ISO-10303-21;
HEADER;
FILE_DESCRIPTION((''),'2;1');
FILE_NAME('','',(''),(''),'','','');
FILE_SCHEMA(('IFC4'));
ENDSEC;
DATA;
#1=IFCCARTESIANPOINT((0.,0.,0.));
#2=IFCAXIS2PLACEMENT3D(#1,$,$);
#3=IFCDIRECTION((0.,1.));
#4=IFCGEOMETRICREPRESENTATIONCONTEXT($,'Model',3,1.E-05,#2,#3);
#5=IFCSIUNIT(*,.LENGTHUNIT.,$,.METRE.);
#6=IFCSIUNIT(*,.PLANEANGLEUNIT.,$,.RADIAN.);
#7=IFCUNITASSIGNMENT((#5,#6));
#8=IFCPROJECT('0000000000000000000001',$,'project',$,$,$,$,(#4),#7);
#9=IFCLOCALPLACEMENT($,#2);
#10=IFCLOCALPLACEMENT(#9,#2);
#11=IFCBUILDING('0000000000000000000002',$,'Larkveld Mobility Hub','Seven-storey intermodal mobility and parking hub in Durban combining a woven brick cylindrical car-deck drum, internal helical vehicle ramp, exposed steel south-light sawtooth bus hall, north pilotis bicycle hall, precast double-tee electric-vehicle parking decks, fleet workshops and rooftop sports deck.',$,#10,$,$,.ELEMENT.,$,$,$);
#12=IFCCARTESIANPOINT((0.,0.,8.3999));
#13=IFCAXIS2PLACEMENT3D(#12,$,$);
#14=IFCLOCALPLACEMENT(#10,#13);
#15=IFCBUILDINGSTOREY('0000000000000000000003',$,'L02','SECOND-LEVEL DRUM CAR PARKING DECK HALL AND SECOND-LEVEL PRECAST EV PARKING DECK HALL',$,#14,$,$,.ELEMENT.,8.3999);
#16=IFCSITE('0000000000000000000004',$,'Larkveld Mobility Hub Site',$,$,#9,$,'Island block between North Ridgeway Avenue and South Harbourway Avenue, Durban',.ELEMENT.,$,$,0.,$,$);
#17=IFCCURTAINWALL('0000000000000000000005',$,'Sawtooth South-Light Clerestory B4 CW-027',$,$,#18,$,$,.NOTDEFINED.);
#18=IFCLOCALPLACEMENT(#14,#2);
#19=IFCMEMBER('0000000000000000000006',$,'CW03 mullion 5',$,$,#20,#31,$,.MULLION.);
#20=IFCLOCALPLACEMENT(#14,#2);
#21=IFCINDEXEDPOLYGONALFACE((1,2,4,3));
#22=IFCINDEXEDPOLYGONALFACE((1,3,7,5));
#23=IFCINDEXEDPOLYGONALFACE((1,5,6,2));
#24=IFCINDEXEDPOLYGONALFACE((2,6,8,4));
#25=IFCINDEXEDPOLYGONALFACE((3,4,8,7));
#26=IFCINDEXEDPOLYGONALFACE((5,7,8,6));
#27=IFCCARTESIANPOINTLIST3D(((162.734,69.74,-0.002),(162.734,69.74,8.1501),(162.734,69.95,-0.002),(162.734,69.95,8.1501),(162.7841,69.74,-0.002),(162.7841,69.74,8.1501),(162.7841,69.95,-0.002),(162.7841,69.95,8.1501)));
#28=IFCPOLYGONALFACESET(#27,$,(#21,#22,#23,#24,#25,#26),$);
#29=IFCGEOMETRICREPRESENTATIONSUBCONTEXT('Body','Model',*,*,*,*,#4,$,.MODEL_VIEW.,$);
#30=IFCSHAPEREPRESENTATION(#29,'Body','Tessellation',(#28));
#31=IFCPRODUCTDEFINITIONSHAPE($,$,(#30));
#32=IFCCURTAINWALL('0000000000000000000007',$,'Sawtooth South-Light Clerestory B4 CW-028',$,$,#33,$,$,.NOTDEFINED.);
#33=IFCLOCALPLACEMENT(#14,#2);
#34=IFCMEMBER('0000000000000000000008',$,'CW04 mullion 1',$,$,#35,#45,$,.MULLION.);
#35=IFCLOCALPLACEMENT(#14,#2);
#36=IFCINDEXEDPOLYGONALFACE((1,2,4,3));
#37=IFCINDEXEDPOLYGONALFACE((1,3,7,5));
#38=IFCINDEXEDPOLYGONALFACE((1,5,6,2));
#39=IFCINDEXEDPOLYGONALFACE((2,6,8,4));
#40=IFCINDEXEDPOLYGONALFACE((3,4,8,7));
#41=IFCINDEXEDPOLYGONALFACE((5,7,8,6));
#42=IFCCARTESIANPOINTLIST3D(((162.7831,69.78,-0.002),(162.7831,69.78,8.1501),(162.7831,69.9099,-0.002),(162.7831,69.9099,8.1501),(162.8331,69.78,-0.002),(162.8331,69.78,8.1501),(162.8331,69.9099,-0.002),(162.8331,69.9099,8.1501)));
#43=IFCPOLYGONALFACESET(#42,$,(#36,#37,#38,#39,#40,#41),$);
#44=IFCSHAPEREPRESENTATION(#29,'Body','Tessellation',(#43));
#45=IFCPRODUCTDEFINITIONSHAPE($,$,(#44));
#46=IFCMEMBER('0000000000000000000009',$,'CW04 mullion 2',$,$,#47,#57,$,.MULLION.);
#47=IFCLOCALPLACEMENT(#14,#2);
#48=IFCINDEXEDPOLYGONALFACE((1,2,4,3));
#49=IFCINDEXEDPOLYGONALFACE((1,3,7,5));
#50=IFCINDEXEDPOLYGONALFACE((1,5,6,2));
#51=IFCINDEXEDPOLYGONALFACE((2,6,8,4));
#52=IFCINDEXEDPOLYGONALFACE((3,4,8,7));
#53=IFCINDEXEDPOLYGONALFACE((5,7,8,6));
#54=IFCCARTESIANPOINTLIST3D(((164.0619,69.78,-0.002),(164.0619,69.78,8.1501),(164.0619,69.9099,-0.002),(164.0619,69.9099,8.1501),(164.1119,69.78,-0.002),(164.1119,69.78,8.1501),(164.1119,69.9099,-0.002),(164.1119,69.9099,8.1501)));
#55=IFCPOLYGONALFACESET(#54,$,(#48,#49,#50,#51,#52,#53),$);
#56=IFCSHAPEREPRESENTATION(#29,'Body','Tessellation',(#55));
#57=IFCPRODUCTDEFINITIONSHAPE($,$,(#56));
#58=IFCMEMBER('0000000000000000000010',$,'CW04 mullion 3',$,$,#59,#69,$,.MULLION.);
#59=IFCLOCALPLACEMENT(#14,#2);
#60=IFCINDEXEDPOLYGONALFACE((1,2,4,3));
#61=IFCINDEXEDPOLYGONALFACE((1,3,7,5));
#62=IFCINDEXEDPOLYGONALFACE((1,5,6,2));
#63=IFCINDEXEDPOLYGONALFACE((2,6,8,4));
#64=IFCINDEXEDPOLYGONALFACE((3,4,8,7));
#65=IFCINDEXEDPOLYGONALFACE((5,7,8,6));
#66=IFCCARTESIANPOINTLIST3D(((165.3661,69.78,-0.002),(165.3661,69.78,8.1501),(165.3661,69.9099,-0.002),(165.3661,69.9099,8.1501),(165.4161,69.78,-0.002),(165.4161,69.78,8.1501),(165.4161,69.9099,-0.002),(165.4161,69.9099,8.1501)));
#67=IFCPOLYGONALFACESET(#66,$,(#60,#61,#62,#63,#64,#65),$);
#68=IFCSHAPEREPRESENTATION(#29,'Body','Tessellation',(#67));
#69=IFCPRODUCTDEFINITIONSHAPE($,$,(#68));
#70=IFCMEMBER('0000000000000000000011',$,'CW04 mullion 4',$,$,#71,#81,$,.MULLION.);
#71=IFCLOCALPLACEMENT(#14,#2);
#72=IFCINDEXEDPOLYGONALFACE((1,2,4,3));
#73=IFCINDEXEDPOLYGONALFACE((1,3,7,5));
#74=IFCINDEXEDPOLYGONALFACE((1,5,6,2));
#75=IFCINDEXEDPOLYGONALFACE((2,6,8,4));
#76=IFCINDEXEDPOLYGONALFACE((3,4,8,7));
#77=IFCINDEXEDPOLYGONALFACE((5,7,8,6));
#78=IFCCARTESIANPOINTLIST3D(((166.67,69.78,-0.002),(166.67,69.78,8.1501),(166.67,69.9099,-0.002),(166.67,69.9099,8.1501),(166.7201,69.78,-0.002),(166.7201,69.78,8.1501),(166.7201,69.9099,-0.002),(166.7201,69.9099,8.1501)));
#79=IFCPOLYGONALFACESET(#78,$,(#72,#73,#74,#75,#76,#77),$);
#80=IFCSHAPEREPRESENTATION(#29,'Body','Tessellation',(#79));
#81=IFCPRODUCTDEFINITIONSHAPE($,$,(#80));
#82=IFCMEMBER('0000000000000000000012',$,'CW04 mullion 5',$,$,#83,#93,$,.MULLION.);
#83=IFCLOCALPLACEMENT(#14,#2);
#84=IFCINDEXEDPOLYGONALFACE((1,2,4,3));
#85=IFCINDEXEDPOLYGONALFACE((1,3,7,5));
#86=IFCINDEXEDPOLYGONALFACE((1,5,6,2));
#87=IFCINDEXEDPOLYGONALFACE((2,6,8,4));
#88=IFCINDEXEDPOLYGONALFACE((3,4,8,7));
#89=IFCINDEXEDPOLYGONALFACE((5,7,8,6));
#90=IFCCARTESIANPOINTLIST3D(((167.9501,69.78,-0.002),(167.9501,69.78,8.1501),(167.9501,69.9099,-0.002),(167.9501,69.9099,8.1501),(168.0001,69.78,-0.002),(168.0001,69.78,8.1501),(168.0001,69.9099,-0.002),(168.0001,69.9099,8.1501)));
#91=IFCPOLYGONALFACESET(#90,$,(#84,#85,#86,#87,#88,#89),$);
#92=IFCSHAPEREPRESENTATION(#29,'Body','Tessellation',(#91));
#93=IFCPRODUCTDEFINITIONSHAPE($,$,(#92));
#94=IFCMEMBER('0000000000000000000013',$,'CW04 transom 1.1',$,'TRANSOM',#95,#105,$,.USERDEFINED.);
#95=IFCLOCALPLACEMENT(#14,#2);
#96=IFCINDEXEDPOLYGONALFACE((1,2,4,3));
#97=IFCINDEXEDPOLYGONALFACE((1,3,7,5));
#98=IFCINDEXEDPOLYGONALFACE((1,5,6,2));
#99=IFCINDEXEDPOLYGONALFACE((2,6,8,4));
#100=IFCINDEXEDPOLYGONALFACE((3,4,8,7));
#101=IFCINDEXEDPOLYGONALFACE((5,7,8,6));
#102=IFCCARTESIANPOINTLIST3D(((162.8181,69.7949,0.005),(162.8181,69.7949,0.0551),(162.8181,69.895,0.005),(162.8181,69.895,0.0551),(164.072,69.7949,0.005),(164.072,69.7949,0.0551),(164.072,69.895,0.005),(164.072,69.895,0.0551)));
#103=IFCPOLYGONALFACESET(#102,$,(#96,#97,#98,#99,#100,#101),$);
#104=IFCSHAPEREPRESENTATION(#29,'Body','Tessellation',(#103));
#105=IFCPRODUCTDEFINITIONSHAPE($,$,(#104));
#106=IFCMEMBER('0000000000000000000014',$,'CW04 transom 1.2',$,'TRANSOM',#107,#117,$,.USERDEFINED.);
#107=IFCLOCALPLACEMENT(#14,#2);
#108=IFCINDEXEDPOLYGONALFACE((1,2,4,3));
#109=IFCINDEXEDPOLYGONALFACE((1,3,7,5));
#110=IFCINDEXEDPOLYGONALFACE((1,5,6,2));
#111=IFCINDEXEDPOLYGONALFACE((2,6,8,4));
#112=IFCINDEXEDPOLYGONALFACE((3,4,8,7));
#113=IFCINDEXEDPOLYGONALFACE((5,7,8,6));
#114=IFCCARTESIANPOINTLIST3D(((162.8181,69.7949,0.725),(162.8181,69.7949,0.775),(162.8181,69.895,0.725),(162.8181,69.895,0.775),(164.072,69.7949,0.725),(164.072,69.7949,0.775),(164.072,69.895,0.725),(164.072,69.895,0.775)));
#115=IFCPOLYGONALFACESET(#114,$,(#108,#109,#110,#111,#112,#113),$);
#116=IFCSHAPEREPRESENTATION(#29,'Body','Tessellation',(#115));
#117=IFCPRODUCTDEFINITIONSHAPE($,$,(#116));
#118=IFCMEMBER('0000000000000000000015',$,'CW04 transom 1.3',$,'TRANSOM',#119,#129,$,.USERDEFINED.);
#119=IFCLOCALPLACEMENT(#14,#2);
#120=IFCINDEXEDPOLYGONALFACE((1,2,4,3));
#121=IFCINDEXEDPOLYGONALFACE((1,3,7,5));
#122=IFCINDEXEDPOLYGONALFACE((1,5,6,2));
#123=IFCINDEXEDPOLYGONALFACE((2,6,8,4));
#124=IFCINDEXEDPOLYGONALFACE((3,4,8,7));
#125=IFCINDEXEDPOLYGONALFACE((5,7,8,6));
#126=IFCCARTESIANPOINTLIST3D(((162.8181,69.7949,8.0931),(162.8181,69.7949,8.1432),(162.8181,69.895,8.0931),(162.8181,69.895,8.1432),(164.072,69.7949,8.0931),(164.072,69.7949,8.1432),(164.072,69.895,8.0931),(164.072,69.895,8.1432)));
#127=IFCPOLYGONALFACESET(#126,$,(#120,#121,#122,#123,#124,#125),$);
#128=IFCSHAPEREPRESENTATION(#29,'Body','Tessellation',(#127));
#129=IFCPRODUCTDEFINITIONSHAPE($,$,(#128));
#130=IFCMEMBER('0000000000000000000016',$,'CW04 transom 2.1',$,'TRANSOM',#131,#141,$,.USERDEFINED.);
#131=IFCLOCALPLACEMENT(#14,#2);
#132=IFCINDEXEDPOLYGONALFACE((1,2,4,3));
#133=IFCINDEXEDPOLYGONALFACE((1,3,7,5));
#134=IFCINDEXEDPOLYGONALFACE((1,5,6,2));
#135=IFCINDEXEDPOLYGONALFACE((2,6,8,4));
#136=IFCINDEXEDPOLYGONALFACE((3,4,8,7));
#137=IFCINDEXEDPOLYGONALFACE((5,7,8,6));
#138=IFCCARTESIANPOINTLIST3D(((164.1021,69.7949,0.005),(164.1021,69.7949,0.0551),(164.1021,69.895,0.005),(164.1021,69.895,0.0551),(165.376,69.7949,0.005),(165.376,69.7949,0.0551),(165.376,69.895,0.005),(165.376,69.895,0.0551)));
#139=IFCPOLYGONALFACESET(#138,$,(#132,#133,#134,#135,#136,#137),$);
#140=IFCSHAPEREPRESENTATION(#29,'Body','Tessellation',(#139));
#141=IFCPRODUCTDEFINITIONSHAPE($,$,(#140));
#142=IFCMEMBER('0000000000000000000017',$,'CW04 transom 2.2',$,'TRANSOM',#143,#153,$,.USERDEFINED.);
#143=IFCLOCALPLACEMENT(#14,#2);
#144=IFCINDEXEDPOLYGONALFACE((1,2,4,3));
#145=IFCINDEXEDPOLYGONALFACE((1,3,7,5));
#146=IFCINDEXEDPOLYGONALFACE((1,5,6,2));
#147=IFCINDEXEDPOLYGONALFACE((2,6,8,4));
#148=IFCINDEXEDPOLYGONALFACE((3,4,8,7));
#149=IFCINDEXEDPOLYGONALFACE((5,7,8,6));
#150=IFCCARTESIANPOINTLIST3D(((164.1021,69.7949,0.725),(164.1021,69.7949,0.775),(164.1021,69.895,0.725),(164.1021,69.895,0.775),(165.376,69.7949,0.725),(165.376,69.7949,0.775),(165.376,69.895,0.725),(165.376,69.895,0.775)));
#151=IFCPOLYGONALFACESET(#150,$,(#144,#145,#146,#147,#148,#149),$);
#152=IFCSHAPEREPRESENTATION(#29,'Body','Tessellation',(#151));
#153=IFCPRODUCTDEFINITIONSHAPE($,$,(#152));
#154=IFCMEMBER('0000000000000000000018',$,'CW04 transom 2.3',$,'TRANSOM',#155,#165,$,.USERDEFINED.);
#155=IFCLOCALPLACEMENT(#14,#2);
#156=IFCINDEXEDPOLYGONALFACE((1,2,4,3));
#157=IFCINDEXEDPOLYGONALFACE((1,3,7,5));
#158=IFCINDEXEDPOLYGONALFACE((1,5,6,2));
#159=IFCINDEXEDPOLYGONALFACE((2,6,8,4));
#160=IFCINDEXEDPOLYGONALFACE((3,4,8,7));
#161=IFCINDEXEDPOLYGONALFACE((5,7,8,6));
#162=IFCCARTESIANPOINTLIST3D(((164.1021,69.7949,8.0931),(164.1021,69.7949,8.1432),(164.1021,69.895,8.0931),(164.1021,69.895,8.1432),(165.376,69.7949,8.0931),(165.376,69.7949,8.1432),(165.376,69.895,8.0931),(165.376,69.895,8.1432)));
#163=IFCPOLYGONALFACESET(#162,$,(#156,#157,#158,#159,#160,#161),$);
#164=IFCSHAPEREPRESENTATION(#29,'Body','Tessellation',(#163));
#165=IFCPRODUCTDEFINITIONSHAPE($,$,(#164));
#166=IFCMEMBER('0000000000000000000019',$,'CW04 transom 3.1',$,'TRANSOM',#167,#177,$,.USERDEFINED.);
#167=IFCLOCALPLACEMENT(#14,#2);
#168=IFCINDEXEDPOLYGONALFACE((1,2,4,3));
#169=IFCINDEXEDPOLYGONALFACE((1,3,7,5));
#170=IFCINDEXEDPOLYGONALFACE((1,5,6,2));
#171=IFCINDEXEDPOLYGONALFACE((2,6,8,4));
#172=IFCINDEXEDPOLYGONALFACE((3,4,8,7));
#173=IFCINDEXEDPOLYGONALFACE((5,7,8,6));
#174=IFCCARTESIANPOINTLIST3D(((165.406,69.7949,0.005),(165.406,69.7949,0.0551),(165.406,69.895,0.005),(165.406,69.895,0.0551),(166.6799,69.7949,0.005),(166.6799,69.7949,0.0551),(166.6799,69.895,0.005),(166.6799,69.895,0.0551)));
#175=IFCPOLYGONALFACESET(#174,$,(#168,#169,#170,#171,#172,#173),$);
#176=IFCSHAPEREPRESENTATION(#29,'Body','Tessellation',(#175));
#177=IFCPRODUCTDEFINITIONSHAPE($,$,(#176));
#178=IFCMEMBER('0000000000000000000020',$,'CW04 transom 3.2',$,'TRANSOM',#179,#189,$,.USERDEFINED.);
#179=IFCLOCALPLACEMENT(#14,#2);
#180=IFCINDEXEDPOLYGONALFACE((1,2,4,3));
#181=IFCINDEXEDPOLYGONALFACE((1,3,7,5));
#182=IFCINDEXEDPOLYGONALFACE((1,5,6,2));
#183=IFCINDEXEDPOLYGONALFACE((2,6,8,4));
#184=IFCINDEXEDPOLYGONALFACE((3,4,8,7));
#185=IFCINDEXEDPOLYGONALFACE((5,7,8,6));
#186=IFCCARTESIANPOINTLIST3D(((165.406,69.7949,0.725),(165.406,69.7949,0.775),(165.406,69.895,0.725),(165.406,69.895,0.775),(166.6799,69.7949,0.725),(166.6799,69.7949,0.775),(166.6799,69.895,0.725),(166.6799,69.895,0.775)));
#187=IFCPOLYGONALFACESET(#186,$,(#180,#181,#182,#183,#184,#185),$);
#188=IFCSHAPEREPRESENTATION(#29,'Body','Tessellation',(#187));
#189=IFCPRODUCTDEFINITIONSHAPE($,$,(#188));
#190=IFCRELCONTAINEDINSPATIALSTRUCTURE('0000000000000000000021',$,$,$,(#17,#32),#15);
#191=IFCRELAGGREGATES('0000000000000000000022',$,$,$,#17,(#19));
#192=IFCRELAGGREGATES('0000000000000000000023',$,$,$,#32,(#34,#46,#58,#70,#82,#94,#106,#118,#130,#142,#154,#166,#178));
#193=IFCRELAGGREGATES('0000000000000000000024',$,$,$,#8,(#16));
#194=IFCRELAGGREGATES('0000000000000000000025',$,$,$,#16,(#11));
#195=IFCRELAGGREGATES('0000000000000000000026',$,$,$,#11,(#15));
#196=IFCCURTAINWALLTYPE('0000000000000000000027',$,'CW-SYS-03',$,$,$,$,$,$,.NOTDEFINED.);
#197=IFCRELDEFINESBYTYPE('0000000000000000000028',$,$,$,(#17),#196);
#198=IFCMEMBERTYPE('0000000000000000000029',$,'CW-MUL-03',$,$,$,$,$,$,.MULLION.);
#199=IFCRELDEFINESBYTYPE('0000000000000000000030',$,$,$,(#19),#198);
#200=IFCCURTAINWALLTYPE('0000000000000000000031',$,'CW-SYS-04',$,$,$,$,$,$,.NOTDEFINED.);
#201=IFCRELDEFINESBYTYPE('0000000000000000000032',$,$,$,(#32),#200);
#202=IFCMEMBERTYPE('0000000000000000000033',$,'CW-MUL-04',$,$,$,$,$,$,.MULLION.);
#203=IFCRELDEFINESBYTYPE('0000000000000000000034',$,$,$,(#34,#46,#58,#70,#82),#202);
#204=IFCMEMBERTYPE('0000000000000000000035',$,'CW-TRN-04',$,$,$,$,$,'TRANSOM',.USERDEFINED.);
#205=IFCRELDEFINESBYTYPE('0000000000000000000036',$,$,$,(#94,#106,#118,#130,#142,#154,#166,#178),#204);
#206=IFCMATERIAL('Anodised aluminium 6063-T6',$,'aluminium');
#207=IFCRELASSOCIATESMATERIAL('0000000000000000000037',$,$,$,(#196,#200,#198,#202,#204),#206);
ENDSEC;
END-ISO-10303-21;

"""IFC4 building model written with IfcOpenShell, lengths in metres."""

from ifc_helpers import new_model, si_unit, direction, frame, origin, origin_2d, place, context, subcontext, project, spatial, rectangle, extrude, material, material_profile, profile_set, type_object, element, aggregate, save


model = new_model("IFC4")

# Units and contexts
model_context = context("Model", 3, precision=1e-05, world=origin(), true_north=direction((0.0, 1.0)))
body_context = subcontext(model_context, "Body", "Model", "MODEL_VIEW")
ifc_project = project(units=[si_unit("LENGTHUNIT", "METRE"), si_unit("PLANEANGLEUNIT", "RADIAN")], contexts=[model_context])

# Site, building, storey
site_placement = place(None, origin())
site = spatial("IfcSite", under=ifc_project, at=site_placement, Name="Larkveld Mobility Hub Site", LongName="Island block between North Ridgeway Avenue and South Harbourway Avenue, Durban", CompositionType="ELEMENT", RefElevation=0.0)
building_placement = place(site_placement, origin())
building = spatial("IfcBuilding", under=site, at=building_placement, Name="Larkveld Mobility Hub", Description="Seven-storey intermodal mobility and parking hub in Durban combining a woven brick cylindrical car-deck drum, internal helical vehicle ramp, exposed steel south-light sawtooth bus hall, north pilotis bicycle hall, precast double-tee electric-vehicle parking decks, fleet workshops and rooftop sports deck.", CompositionType="ELEMENT")
storey_placement = place(building_placement, frame((0.0, 0.0, 8.3999)))
storey = spatial("IfcBuildingStorey", under=building, at=storey_placement, Name="L02", Description="SECOND-LEVEL DRUM CAR PARKING DECK HALL AND SECOND-LEVEL PRECAST EV PARKING DECK HALL", CompositionType="ELEMENT", Elevation=8.3999)

# Curtain wall, member
ifc_material_1 = material(Name="Anodised aluminium 6063-T6", Category="aluminium")
curtain_wall_type_1 = type_object("IfcCurtainWallType", Name="CW-SYS-03", PredefinedType="NOTDEFINED", material=ifc_material_1)
curtain_wall_1_placement = place(storey_placement, origin())
curtain_wall_1 = element("IfcCurtainWall", 1, at=curtain_wall_1_placement, inside=storey, type_object=curtain_wall_type_1, Name="Sawtooth South-Light Clerestory B4 CW-027", PredefinedType="NOTDEFINED")
ifc_material_profile_1 = material_profile(ifc_material_1, rectangle(XDim=0.05, YDim=0.21, at=origin_2d()), Name="ALU MULL 50x210")
ifc_profile_set_1 = profile_set([ifc_material_profile_1], Name="Anodised aluminium 6063-T6")
member_type_1 = type_object("IfcMemberType", Name="CW-MUL-03", PredefinedType="MULLION", material=ifc_profile_set_1)
member_1_placement = place(storey_placement, frame((162.759, 69.845, -0.002), z_axis=(0.0, 0.0, 1.0), x_axis=(1.0, 0.0, 0.0)))
member_1 = element("IfcMember", 2, at=member_1_placement, type_object=member_type_1, Name="CW03 mullion 5", PredefinedType="MULLION", context=body_context, shape_type="SweptSolid", body=[
    extrude(rectangle(XDim=0.05, YDim=0.21, at=origin_2d()), origin(), (0.0, 0.0, 1.0), 8.1521),
])
aggregate(curtain_wall_1, [member_1])

# Curtain wall, members
curtain_wall_type_2 = type_object("IfcCurtainWallType", Name="CW-SYS-04", PredefinedType="NOTDEFINED", material=ifc_material_1)
curtain_wall_2_placement = place(storey_placement, origin())
curtain_wall_2 = element("IfcCurtainWall", 3, at=curtain_wall_2_placement, inside=storey, type_object=curtain_wall_type_2, Name="Sawtooth South-Light Clerestory B4 CW-028", PredefinedType="NOTDEFINED")
ifc_material_profile_2 = material_profile(ifc_material_1, rectangle(XDim=0.05, YDim=0.1299, at=origin_2d()), Name="ALU MULL 50x130")
ifc_profile_set_2 = profile_set([ifc_material_profile_2], Name="Anodised aluminium 6063-T6")
member_type_2 = type_object("IfcMemberType", Name="CW-MUL-04", PredefinedType="MULLION", material=ifc_profile_set_2)
member_2_placement = place(storey_placement, frame((162.8081, 69.845, -0.002), z_axis=(0.0, 0.0, 1.0), x_axis=(1.0, 0.0, 0.0)))
member_2 = element("IfcMember", 4, at=member_2_placement, type_object=member_type_2, Name="CW04 mullion 1", PredefinedType="MULLION", context=body_context, shape_type="SweptSolid", body=[
    extrude(rectangle(XDim=0.05, YDim=0.1299, at=origin_2d()), origin(), (0.0, 0.0, 1.0), 8.1521),
])
member_3_placement = place(storey_placement, frame((164.0869, 69.845, -0.002), z_axis=(0.0, 0.0, 1.0), x_axis=(1.0, 0.0, 0.0)))
member_3 = element("IfcMember", 5, at=member_3_placement, type_object=member_type_2, Name="CW04 mullion 2", PredefinedType="MULLION", context=body_context, shape_type="SweptSolid", body=[
    extrude(rectangle(XDim=0.05, YDim=0.1299, at=origin_2d()), origin(), (0.0, 0.0, 1.0), 8.1521),
])
member_4_placement = place(storey_placement, frame((165.3911, 69.845, -0.002), z_axis=(0.0, 0.0, 1.0), x_axis=(1.0, 0.0, 0.0)))
member_4 = element("IfcMember", 6, at=member_4_placement, type_object=member_type_2, Name="CW04 mullion 3", PredefinedType="MULLION", context=body_context, shape_type="SweptSolid", body=[
    extrude(rectangle(XDim=0.05, YDim=0.1299, at=origin_2d()), origin(), (0.0, 0.0, 1.0), 8.1521),
])
member_5_placement = place(storey_placement, frame((166.6951, 69.845, -0.002), z_axis=(0.0, 0.0, 1.0), x_axis=(1.0, 0.0, 0.0)))
member_5 = element("IfcMember", 7, at=member_5_placement, type_object=member_type_2, Name="CW04 mullion 4", PredefinedType="MULLION", context=body_context, shape_type="SweptSolid", body=[
    extrude(rectangle(XDim=0.05, YDim=0.1299, at=origin_2d()), origin(), (0.0, 0.0, 1.0), 8.1521),
])
member_6_placement = place(storey_placement, frame((167.9751, 69.845, -0.002), z_axis=(0.0, 0.0, 1.0), x_axis=(1.0, 0.0, 0.0)))
member_6 = element("IfcMember", 8, at=member_6_placement, type_object=member_type_2, Name="CW04 mullion 5", PredefinedType="MULLION", context=body_context, shape_type="SweptSolid", body=[
    extrude(rectangle(XDim=0.05, YDim=0.1299, at=origin_2d()), origin(), (0.0, 0.0, 1.0), 8.1521),
])
ifc_material_profile_3 = material_profile(ifc_material_1, rectangle(XDim=0.1001, YDim=0.05, at=origin_2d()), Name="ALU TRAN 50x100")
ifc_profile_set_3 = profile_set([ifc_material_profile_3], Name="Anodised aluminium 6063-T6")
member_type_3 = type_object("IfcMemberType", Name="CW-TRN-04", ElementType="TRANSOM", PredefinedType="USERDEFINED", material=ifc_profile_set_3)
member_7_placement = place(storey_placement, frame((162.8181, 69.845, 0.03), z_axis=(1.0, 0.0, 0.0), x_axis=(0.0, 1.0, 0.0)))
member_7 = element("IfcMember", 9, at=member_7_placement, type_object=member_type_3, Name="CW04 transom 1.1", ObjectType="TRANSOM", PredefinedType="USERDEFINED", context=body_context, shape_type="SweptSolid", body=[
    extrude(rectangle(XDim=0.1001, YDim=0.05, at=origin_2d()), origin(), (0.0, 0.0, 1.0), 1.2539),
])
member_8_placement = place(storey_placement, frame((162.8181, 69.845, 0.75), z_axis=(1.0, 0.0, 0.0), x_axis=(0.0, 1.0, 0.0)))
member_8 = element("IfcMember", 10, at=member_8_placement, type_object=member_type_3, Name="CW04 transom 1.2", ObjectType="TRANSOM", PredefinedType="USERDEFINED", context=body_context, shape_type="SweptSolid", body=[
    extrude(rectangle(XDim=0.1001, YDim=0.05, at=origin_2d()), origin(), (0.0, 0.0, 1.0), 1.2539),
])
member_9_placement = place(storey_placement, frame((162.8181, 69.845, 8.1182), z_axis=(1.0, 0.0, 0.0), x_axis=(0.0, 1.0, 0.0)))
member_9 = element("IfcMember", 11, at=member_9_placement, type_object=member_type_3, Name="CW04 transom 1.3", ObjectType="TRANSOM", PredefinedType="USERDEFINED", context=body_context, shape_type="SweptSolid", body=[
    extrude(rectangle(XDim=0.1001, YDim=0.05, at=origin_2d()), origin(), (0.0, 0.0, 1.0), 1.2539),
])
member_10_placement = place(storey_placement, frame((164.1021, 69.845, 0.03), z_axis=(1.0, 0.0, 0.0), x_axis=(0.0, 1.0, 0.0)))
member_10 = element("IfcMember", 12, at=member_10_placement, type_object=member_type_3, Name="CW04 transom 2.1", ObjectType="TRANSOM", PredefinedType="USERDEFINED", context=body_context, shape_type="SweptSolid", body=[
    extrude(rectangle(XDim=0.1001, YDim=0.05, at=origin_2d()), origin(), (0.0, 0.0, 1.0), 1.2739),
])
member_11_placement = place(storey_placement, frame((164.1021, 69.845, 0.75), z_axis=(1.0, 0.0, 0.0), x_axis=(0.0, 1.0, 0.0)))
member_11 = element("IfcMember", 13, at=member_11_placement, type_object=member_type_3, Name="CW04 transom 2.2", ObjectType="TRANSOM", PredefinedType="USERDEFINED", context=body_context, shape_type="SweptSolid", body=[
    extrude(rectangle(XDim=0.1001, YDim=0.05, at=origin_2d()), origin(), (0.0, 0.0, 1.0), 1.2739),
])
member_12_placement = place(storey_placement, frame((164.1021, 69.845, 8.1182), z_axis=(1.0, 0.0, 0.0), x_axis=(0.0, 1.0, 0.0)))
member_12 = element("IfcMember", 14, at=member_12_placement, type_object=member_type_3, Name="CW04 transom 2.3", ObjectType="TRANSOM", PredefinedType="USERDEFINED", context=body_context, shape_type="SweptSolid", body=[
    extrude(rectangle(XDim=0.1001, YDim=0.05, at=origin_2d()), origin(), (0.0, 0.0, 1.0), 1.2739),
])
member_13_placement = place(storey_placement, frame((165.406, 69.845, 0.03), z_axis=(1.0, 0.0, 0.0), x_axis=(0.0, 1.0, 0.0)))
member_13 = element("IfcMember", 15, at=member_13_placement, type_object=member_type_3, Name="CW04 transom 3.1", ObjectType="TRANSOM", PredefinedType="USERDEFINED", context=body_context, shape_type="SweptSolid", body=[
    extrude(rectangle(XDim=0.1001, YDim=0.05, at=origin_2d()), origin(), (0.0, 0.0, 1.0), 1.2739),
])
member_14_placement = place(storey_placement, frame((165.406, 69.845, 0.75), z_axis=(1.0, 0.0, 0.0), x_axis=(0.0, 1.0, 0.0)))
member_14 = element("IfcMember", 16, at=member_14_placement, type_object=member_type_3, Name="CW04 transom 3.2", ObjectType="TRANSOM", PredefinedType="USERDEFINED", context=body_context, shape_type="SweptSolid", body=[
    extrude(rectangle(XDim=0.1001, YDim=0.05, at=origin_2d()), origin(), (0.0, 0.0, 1.0), 1.2739),
])
aggregate(curtain_wall_2, [member_2, member_3, member_4, member_5, member_6, member_7, member_8, member_9, member_10, member_11, member_12, member_13, member_14])

save(model, "model.ifc")
